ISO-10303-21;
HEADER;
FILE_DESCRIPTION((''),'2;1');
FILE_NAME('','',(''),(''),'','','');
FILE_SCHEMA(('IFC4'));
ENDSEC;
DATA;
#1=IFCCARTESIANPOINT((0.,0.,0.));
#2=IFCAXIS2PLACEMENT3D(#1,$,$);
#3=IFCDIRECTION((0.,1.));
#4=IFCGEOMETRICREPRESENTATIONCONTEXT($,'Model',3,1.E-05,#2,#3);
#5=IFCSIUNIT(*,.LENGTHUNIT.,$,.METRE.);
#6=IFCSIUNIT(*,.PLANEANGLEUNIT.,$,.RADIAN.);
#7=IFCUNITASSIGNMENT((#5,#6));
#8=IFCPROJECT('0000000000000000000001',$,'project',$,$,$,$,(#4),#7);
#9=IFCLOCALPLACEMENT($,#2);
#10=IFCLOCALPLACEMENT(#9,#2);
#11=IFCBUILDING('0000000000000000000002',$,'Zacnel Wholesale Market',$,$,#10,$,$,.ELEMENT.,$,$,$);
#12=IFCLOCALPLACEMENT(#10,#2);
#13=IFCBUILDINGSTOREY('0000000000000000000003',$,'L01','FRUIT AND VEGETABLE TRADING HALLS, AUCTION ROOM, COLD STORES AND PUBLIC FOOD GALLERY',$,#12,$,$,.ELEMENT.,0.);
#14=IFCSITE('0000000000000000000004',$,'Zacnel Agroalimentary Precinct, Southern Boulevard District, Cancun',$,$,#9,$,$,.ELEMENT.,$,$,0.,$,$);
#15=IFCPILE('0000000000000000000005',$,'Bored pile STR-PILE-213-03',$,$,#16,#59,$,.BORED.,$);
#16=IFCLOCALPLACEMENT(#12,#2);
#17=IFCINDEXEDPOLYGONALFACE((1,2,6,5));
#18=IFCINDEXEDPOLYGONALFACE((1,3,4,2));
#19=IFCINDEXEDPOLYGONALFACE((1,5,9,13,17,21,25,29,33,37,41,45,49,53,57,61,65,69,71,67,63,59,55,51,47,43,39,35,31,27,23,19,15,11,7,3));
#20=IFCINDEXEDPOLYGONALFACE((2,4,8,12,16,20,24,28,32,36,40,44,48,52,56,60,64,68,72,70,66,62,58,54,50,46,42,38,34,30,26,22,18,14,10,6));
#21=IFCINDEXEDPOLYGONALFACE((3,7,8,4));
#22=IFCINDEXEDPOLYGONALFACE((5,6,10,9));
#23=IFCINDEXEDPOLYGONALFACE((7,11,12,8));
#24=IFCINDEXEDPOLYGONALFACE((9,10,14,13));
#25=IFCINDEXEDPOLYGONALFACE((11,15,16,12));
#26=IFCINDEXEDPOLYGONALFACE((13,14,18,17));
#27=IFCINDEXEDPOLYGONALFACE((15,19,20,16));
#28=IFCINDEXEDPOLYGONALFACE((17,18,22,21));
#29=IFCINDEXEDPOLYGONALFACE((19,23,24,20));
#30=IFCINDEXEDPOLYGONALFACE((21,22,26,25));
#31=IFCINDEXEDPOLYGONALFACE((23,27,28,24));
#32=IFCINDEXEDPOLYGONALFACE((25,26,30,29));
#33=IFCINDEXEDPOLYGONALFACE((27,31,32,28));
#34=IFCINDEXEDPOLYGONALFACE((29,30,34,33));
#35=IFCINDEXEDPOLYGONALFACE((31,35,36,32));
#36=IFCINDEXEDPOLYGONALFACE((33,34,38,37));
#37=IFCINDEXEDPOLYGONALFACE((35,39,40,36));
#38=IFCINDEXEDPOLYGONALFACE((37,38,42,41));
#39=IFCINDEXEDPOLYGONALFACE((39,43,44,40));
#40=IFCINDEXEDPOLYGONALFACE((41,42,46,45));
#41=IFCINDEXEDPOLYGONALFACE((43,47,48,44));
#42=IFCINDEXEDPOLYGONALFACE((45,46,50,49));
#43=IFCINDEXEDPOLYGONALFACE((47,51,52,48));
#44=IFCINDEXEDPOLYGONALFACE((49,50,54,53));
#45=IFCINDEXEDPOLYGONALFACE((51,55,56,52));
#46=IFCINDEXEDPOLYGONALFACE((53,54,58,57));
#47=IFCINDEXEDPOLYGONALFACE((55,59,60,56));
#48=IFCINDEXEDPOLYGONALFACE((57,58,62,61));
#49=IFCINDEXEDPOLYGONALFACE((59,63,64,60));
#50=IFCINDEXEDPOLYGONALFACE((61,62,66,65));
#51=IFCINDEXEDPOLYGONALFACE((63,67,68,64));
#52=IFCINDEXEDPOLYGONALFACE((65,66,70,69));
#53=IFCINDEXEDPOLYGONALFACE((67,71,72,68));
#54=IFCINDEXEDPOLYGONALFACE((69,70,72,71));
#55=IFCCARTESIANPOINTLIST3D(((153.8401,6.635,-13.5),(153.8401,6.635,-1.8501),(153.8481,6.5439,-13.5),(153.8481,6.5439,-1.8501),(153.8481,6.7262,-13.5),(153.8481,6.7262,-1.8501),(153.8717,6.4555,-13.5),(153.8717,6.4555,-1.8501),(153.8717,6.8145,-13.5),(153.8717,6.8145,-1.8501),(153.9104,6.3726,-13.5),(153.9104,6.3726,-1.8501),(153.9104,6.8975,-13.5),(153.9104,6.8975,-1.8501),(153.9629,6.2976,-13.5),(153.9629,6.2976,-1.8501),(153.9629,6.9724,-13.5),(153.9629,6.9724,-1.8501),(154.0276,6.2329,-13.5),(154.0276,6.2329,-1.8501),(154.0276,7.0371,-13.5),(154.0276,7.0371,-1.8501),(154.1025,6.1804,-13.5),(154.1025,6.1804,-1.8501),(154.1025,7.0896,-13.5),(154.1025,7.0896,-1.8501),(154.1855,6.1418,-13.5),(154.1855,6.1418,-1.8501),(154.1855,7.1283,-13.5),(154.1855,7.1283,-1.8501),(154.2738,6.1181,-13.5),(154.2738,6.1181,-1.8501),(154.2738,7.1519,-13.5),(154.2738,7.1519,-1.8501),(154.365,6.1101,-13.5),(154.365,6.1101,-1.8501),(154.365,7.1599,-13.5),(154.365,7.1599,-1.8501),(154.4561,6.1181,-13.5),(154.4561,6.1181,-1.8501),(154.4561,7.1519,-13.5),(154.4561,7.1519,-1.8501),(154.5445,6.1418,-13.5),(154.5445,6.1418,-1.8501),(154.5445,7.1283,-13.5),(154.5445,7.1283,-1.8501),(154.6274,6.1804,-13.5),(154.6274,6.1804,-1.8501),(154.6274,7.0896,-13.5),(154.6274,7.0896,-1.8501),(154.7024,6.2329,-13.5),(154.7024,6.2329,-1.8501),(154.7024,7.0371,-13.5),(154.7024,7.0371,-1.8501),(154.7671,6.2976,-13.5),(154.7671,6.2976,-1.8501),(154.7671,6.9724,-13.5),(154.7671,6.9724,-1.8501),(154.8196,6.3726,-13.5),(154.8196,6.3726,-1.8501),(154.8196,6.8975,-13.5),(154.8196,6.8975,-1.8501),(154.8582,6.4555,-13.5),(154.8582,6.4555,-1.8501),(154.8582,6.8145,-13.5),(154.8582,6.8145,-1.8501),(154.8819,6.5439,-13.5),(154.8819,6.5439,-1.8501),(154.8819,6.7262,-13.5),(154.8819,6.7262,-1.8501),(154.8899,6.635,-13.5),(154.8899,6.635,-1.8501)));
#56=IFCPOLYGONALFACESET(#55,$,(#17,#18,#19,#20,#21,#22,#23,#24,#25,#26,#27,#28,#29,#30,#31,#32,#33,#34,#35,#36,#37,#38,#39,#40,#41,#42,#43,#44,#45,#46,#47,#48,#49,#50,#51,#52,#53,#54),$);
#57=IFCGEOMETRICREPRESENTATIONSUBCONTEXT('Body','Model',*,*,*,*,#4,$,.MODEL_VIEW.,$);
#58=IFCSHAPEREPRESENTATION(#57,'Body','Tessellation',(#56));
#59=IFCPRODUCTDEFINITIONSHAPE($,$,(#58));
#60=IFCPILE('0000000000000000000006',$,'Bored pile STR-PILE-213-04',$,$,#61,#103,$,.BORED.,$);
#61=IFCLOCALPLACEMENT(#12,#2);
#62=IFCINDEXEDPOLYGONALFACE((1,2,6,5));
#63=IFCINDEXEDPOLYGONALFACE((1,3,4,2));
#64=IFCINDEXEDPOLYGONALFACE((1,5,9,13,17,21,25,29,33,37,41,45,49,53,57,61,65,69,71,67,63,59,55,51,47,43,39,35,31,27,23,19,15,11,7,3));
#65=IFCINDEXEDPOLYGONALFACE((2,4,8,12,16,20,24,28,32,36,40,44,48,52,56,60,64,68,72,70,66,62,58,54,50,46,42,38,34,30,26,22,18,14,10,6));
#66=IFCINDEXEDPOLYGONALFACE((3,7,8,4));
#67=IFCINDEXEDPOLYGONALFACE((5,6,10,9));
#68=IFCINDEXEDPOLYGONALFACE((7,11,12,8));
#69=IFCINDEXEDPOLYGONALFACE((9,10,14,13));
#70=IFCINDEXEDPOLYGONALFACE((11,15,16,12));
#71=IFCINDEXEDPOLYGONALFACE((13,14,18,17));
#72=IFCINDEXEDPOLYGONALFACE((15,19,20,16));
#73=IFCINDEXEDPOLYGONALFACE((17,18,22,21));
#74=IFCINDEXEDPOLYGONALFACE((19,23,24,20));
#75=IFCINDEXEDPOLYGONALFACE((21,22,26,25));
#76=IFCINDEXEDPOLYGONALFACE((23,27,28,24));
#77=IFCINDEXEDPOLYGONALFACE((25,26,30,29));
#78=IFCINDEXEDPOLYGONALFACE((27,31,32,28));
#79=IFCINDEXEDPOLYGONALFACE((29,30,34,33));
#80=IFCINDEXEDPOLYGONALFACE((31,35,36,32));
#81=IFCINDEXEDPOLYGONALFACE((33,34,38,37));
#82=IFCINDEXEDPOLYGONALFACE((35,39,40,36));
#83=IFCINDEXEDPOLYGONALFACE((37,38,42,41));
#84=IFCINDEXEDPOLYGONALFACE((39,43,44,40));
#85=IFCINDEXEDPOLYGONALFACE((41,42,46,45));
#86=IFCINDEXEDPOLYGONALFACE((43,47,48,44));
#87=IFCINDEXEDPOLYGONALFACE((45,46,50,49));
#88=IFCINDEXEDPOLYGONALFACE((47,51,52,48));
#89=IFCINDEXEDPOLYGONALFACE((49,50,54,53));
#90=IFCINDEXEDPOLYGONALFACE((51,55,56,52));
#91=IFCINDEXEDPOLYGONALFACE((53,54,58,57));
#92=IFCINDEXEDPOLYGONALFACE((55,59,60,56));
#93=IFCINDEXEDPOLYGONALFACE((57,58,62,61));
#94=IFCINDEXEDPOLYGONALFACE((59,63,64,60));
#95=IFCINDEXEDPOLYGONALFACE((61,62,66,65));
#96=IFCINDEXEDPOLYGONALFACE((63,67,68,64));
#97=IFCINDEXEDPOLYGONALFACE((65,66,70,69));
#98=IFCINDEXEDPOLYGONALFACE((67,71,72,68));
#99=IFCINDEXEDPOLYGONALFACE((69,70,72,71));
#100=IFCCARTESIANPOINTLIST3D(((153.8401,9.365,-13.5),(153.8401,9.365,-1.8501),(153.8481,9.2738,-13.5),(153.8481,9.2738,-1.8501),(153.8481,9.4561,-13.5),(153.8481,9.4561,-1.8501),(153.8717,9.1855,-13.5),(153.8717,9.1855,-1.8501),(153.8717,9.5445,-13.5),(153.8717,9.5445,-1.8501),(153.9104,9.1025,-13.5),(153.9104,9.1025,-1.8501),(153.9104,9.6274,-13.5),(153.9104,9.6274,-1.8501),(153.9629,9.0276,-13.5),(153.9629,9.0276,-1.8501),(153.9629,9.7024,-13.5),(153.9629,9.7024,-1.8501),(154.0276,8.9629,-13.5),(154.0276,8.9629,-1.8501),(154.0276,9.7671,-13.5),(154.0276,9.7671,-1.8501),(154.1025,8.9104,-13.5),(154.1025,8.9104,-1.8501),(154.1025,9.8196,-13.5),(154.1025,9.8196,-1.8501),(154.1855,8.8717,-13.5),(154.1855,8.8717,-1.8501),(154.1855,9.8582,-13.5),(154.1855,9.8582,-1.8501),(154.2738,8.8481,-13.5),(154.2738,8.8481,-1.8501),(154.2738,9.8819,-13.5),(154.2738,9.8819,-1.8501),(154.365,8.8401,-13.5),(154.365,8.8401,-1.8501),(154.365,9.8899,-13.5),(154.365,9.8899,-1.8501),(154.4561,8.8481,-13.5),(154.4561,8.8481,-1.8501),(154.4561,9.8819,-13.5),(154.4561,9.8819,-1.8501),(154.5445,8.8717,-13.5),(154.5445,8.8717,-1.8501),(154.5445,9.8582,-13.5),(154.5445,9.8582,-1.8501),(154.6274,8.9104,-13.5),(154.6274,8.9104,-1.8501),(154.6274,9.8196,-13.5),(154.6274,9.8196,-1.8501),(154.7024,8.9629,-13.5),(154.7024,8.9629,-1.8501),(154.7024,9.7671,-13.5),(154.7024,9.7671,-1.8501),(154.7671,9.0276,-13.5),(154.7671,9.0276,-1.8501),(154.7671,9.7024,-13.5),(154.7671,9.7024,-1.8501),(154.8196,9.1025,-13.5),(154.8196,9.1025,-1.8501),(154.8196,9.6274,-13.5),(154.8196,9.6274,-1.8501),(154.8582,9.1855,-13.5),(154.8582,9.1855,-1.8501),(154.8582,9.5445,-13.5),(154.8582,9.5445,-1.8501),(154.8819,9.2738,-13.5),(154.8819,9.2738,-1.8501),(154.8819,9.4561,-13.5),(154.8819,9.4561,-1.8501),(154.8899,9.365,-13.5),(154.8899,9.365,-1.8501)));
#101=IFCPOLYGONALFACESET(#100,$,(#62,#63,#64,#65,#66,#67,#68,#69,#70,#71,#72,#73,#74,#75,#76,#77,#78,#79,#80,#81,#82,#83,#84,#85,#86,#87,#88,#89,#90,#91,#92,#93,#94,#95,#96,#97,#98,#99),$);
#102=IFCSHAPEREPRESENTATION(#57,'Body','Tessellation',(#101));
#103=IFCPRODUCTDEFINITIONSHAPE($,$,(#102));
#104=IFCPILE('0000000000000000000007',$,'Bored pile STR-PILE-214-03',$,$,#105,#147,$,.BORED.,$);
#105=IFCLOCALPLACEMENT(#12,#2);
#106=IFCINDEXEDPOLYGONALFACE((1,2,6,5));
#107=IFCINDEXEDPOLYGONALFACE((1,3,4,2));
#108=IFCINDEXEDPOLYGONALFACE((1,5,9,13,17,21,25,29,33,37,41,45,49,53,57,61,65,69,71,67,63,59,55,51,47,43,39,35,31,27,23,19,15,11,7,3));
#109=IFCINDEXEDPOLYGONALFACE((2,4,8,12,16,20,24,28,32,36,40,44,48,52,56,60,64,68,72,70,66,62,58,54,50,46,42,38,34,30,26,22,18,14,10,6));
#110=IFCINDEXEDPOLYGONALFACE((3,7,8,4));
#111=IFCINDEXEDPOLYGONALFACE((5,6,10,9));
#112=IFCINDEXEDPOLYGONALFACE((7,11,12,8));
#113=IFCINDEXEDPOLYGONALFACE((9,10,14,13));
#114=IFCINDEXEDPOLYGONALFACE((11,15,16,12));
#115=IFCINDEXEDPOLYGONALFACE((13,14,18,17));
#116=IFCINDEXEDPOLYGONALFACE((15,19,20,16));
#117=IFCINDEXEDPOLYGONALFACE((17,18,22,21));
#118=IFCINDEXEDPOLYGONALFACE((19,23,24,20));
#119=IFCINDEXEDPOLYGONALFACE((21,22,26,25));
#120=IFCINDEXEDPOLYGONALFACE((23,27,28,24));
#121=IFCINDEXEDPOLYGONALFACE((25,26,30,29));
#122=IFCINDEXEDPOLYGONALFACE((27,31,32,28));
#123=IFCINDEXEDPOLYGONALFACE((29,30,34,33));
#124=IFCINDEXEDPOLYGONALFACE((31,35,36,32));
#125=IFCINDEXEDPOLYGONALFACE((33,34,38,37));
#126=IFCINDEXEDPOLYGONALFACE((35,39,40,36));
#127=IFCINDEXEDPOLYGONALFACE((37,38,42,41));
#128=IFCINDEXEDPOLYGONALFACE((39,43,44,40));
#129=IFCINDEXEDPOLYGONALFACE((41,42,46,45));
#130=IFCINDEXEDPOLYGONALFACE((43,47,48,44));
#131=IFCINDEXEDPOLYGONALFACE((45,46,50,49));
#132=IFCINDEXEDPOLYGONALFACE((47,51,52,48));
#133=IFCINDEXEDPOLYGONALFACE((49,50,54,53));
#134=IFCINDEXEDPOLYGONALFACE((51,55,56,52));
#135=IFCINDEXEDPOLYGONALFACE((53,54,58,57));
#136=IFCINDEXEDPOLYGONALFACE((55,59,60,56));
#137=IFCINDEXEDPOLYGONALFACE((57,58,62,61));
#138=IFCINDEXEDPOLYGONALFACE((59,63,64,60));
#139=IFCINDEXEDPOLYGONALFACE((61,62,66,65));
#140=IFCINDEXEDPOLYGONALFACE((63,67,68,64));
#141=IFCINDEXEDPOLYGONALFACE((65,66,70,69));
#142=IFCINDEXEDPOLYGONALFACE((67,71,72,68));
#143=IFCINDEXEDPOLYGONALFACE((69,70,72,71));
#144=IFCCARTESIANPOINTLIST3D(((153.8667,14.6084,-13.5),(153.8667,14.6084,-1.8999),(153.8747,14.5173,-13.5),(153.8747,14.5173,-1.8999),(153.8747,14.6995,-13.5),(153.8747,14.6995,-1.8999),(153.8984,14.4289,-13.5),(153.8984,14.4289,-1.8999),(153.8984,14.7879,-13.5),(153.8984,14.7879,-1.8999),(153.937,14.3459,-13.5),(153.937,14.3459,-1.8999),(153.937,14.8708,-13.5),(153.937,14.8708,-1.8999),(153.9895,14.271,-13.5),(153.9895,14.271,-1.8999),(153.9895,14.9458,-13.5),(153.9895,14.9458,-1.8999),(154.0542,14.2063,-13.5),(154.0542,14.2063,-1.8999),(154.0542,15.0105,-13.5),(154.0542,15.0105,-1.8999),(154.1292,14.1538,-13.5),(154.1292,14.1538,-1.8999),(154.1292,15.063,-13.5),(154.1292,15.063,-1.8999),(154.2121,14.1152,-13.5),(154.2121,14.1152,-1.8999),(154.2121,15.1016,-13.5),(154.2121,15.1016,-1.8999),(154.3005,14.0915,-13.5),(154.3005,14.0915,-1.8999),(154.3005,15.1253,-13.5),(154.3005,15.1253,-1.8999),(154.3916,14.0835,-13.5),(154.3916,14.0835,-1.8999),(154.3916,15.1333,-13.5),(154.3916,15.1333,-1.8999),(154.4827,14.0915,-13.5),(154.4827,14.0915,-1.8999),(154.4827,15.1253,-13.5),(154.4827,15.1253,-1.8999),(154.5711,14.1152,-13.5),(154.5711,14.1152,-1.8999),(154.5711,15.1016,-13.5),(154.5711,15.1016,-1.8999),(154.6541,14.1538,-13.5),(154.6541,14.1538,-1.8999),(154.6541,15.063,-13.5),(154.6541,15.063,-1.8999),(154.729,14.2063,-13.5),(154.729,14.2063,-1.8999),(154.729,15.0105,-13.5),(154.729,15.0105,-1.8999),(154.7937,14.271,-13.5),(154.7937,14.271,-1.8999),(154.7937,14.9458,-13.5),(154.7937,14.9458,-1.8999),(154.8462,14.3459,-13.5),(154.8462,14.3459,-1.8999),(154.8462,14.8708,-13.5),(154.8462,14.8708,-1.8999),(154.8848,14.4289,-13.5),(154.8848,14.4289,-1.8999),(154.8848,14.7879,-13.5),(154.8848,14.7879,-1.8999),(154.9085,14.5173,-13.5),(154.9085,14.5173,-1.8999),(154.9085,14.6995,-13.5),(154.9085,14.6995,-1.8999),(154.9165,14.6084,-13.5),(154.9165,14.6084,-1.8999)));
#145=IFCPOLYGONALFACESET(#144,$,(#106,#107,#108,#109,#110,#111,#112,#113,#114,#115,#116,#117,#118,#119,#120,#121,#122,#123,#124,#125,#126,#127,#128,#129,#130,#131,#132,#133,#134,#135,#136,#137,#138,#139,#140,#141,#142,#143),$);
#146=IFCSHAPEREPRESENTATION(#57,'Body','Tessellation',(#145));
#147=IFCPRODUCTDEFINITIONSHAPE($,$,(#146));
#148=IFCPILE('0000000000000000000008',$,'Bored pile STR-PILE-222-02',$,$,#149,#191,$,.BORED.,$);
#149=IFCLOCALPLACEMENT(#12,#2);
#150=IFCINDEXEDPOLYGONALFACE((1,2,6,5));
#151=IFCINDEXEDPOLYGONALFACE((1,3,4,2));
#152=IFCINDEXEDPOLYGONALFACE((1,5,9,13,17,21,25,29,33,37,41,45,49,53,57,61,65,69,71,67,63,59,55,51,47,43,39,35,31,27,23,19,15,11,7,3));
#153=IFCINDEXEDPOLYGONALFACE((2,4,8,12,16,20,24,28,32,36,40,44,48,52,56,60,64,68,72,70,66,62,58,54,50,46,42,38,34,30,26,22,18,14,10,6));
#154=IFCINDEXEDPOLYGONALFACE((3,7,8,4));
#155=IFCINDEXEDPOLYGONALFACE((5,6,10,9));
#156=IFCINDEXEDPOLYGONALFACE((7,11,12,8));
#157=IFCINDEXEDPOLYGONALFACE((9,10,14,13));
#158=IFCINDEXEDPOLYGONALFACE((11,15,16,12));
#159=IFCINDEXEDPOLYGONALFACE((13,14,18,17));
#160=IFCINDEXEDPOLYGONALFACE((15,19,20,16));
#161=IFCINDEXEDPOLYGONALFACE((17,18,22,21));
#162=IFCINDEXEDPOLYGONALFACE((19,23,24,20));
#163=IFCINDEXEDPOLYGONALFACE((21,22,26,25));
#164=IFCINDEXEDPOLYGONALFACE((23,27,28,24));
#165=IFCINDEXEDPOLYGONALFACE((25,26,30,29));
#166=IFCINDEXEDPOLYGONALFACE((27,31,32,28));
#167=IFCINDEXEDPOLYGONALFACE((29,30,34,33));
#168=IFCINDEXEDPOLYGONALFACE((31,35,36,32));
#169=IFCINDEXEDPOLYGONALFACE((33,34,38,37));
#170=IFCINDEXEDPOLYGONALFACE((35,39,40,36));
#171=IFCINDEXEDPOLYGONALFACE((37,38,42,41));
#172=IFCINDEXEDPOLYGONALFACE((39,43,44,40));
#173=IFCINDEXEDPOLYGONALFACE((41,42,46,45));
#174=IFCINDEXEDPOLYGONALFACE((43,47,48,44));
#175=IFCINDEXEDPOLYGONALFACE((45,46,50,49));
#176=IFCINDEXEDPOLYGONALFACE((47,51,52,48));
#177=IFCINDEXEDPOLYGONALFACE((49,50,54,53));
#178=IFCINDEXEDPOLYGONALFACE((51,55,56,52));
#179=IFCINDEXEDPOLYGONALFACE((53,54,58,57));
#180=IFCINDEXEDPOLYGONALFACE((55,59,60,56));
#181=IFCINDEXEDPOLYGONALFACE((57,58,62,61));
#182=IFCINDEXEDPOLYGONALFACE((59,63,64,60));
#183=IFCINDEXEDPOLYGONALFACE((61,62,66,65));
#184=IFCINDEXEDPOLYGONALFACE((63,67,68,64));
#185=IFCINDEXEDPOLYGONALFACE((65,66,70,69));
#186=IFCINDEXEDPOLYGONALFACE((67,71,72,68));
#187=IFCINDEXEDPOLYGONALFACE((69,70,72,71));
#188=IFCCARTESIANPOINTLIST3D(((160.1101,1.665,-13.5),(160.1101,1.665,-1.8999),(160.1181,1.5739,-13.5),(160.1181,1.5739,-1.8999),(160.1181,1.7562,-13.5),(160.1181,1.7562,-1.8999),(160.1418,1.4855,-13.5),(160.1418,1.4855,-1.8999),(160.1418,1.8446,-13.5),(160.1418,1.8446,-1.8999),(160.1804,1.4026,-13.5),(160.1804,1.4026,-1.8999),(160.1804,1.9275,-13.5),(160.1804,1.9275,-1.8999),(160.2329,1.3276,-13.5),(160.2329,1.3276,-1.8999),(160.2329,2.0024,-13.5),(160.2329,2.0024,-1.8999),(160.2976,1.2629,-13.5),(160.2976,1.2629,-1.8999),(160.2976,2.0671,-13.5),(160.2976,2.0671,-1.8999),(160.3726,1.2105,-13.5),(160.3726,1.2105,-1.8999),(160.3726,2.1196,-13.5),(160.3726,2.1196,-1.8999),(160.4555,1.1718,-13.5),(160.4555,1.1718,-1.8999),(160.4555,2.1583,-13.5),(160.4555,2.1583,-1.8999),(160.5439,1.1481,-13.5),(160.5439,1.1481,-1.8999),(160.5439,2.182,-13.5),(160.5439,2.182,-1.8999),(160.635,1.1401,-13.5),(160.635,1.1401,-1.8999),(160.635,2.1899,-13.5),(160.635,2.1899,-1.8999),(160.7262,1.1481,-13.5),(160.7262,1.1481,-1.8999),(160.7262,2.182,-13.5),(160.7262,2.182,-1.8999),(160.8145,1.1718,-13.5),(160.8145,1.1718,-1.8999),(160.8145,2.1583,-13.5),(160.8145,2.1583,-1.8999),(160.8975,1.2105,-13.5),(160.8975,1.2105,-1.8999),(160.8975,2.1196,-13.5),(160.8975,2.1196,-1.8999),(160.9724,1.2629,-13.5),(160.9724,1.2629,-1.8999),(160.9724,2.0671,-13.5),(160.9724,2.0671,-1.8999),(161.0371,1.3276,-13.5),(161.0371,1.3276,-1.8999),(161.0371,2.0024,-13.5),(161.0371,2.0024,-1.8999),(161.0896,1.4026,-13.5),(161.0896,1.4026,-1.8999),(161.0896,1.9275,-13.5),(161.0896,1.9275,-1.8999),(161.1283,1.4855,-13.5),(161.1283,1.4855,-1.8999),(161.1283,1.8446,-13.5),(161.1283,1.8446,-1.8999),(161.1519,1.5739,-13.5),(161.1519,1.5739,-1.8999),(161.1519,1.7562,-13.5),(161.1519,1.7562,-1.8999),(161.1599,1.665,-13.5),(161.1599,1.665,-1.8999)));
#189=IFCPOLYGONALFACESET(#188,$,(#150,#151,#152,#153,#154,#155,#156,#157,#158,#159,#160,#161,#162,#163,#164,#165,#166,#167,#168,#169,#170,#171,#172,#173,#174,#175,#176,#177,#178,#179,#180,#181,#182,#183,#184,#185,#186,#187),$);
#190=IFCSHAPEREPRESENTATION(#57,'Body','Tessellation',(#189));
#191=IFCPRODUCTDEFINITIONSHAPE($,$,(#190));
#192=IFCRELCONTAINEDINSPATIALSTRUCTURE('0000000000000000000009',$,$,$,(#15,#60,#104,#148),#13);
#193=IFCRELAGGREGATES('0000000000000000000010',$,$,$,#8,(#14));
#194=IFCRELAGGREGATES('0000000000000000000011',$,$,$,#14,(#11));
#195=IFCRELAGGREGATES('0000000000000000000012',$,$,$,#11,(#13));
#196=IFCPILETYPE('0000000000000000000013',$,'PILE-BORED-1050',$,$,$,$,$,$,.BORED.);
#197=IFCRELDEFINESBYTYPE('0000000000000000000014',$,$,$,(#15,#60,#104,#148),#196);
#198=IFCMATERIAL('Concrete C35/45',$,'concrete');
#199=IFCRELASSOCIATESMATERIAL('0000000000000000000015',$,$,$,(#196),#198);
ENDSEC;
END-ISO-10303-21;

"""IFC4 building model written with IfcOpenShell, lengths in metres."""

from ifc_helpers import new_model, si_unit, direction, frame, origin, origin_2d, place, context, subcontext, project, spatial, circle, extrude, material, material_profile, profile_set, type_object, element, save


model = new_model("IFC4")

# Units and contexts
model_context = context("Model", 3, precision=1e-05, world=origin(), true_north=direction((0.0, 1.0)))
body_context = subcontext(model_context, "Body", "Model", "MODEL_VIEW")
ifc_project = project(units=[si_unit("LENGTHUNIT", "METRE"), si_unit("PLANEANGLEUNIT", "RADIAN")], contexts=[model_context])

# Site, building, storey
site_placement = place(None, origin())
site = spatial("IfcSite", under=ifc_project, at=site_placement, Name="Zacnel Agroalimentary Precinct, Southern Boulevard District, Cancun", CompositionType="ELEMENT", RefElevation=0.0)
building_placement = place(site_placement, origin())
building = spatial("IfcBuilding", under=site, at=building_placement, Name="Zacnel Wholesale Market", CompositionType="ELEMENT")
storey_placement = place(building_placement, origin())
storey = spatial("IfcBuildingStorey", under=building, at=storey_placement, Name="L01", Description="FRUIT AND VEGETABLE TRADING HALLS, AUCTION ROOM, COLD STORES AND PUBLIC FOOD GALLERY", CompositionType="ELEMENT", Elevation=0.0)

# Piles
ifc_material_1 = material(Name="Concrete C35/45", Category="concrete")
ifc_material_profile_1 = material_profile(ifc_material_1, circle(Radius=0.5249, at=origin_2d()), Name="BORED PILE D1050")
ifc_profile_set_1 = profile_set([ifc_material_profile_1], Name="Concrete C35/45")
pile_type = type_object("IfcPileType", Name="PILE-BORED-1050", PredefinedType="BORED", material=ifc_profile_set_1)
for number, where, z_axis, x_axis, name in (
    (1, (154.365, 6.635, -1.8501), (0.0, 0.0, -1.0), (1.0, 0.0, 0.0), "Bored pile STR-PILE-213-03"),
    (2, (154.365, 9.365, -1.8501), (0.0, 0.0, -1.0), (1.0, 0.0, 0.0), "Bored pile STR-PILE-213-04"),
):
    element("IfcPile", number, at=place(storey_placement, frame(where, z_axis=z_axis, x_axis=x_axis)), inside=storey, type_object=pile_type, Name=name, PredefinedType="BORED", context=body_context, shape_type="SweptSolid", body=[
        extrude(circle(Radius=0.5249, at=origin_2d()), origin(), (0.0, 0.0, 1.0), 11.6499),
    ])
for number, where, z_axis, x_axis, name in (
    (3, (154.3916, 14.6084, -1.8999), (0.0, 0.0, -1.0), (1.0, 0.0, 0.0), "Bored pile STR-PILE-214-03"),
    (4, (160.635, 1.665, -1.8999), (0.0, 0.0, -1.0), (1.0, 0.0, 0.0), "Bored pile STR-PILE-222-02"),
):
    element("IfcPile", number, at=place(storey_placement, frame(where, z_axis=z_axis, x_axis=x_axis)), inside=storey, type_object=pile_type, Name=name, PredefinedType="BORED", context=body_context, shape_type="SweptSolid", body=[
        extrude(circle(Radius=0.5249, at=origin_2d()), origin(), (0.0, 0.0, 1.0), 11.6001),
    ])

save(model, "model.ifc")
